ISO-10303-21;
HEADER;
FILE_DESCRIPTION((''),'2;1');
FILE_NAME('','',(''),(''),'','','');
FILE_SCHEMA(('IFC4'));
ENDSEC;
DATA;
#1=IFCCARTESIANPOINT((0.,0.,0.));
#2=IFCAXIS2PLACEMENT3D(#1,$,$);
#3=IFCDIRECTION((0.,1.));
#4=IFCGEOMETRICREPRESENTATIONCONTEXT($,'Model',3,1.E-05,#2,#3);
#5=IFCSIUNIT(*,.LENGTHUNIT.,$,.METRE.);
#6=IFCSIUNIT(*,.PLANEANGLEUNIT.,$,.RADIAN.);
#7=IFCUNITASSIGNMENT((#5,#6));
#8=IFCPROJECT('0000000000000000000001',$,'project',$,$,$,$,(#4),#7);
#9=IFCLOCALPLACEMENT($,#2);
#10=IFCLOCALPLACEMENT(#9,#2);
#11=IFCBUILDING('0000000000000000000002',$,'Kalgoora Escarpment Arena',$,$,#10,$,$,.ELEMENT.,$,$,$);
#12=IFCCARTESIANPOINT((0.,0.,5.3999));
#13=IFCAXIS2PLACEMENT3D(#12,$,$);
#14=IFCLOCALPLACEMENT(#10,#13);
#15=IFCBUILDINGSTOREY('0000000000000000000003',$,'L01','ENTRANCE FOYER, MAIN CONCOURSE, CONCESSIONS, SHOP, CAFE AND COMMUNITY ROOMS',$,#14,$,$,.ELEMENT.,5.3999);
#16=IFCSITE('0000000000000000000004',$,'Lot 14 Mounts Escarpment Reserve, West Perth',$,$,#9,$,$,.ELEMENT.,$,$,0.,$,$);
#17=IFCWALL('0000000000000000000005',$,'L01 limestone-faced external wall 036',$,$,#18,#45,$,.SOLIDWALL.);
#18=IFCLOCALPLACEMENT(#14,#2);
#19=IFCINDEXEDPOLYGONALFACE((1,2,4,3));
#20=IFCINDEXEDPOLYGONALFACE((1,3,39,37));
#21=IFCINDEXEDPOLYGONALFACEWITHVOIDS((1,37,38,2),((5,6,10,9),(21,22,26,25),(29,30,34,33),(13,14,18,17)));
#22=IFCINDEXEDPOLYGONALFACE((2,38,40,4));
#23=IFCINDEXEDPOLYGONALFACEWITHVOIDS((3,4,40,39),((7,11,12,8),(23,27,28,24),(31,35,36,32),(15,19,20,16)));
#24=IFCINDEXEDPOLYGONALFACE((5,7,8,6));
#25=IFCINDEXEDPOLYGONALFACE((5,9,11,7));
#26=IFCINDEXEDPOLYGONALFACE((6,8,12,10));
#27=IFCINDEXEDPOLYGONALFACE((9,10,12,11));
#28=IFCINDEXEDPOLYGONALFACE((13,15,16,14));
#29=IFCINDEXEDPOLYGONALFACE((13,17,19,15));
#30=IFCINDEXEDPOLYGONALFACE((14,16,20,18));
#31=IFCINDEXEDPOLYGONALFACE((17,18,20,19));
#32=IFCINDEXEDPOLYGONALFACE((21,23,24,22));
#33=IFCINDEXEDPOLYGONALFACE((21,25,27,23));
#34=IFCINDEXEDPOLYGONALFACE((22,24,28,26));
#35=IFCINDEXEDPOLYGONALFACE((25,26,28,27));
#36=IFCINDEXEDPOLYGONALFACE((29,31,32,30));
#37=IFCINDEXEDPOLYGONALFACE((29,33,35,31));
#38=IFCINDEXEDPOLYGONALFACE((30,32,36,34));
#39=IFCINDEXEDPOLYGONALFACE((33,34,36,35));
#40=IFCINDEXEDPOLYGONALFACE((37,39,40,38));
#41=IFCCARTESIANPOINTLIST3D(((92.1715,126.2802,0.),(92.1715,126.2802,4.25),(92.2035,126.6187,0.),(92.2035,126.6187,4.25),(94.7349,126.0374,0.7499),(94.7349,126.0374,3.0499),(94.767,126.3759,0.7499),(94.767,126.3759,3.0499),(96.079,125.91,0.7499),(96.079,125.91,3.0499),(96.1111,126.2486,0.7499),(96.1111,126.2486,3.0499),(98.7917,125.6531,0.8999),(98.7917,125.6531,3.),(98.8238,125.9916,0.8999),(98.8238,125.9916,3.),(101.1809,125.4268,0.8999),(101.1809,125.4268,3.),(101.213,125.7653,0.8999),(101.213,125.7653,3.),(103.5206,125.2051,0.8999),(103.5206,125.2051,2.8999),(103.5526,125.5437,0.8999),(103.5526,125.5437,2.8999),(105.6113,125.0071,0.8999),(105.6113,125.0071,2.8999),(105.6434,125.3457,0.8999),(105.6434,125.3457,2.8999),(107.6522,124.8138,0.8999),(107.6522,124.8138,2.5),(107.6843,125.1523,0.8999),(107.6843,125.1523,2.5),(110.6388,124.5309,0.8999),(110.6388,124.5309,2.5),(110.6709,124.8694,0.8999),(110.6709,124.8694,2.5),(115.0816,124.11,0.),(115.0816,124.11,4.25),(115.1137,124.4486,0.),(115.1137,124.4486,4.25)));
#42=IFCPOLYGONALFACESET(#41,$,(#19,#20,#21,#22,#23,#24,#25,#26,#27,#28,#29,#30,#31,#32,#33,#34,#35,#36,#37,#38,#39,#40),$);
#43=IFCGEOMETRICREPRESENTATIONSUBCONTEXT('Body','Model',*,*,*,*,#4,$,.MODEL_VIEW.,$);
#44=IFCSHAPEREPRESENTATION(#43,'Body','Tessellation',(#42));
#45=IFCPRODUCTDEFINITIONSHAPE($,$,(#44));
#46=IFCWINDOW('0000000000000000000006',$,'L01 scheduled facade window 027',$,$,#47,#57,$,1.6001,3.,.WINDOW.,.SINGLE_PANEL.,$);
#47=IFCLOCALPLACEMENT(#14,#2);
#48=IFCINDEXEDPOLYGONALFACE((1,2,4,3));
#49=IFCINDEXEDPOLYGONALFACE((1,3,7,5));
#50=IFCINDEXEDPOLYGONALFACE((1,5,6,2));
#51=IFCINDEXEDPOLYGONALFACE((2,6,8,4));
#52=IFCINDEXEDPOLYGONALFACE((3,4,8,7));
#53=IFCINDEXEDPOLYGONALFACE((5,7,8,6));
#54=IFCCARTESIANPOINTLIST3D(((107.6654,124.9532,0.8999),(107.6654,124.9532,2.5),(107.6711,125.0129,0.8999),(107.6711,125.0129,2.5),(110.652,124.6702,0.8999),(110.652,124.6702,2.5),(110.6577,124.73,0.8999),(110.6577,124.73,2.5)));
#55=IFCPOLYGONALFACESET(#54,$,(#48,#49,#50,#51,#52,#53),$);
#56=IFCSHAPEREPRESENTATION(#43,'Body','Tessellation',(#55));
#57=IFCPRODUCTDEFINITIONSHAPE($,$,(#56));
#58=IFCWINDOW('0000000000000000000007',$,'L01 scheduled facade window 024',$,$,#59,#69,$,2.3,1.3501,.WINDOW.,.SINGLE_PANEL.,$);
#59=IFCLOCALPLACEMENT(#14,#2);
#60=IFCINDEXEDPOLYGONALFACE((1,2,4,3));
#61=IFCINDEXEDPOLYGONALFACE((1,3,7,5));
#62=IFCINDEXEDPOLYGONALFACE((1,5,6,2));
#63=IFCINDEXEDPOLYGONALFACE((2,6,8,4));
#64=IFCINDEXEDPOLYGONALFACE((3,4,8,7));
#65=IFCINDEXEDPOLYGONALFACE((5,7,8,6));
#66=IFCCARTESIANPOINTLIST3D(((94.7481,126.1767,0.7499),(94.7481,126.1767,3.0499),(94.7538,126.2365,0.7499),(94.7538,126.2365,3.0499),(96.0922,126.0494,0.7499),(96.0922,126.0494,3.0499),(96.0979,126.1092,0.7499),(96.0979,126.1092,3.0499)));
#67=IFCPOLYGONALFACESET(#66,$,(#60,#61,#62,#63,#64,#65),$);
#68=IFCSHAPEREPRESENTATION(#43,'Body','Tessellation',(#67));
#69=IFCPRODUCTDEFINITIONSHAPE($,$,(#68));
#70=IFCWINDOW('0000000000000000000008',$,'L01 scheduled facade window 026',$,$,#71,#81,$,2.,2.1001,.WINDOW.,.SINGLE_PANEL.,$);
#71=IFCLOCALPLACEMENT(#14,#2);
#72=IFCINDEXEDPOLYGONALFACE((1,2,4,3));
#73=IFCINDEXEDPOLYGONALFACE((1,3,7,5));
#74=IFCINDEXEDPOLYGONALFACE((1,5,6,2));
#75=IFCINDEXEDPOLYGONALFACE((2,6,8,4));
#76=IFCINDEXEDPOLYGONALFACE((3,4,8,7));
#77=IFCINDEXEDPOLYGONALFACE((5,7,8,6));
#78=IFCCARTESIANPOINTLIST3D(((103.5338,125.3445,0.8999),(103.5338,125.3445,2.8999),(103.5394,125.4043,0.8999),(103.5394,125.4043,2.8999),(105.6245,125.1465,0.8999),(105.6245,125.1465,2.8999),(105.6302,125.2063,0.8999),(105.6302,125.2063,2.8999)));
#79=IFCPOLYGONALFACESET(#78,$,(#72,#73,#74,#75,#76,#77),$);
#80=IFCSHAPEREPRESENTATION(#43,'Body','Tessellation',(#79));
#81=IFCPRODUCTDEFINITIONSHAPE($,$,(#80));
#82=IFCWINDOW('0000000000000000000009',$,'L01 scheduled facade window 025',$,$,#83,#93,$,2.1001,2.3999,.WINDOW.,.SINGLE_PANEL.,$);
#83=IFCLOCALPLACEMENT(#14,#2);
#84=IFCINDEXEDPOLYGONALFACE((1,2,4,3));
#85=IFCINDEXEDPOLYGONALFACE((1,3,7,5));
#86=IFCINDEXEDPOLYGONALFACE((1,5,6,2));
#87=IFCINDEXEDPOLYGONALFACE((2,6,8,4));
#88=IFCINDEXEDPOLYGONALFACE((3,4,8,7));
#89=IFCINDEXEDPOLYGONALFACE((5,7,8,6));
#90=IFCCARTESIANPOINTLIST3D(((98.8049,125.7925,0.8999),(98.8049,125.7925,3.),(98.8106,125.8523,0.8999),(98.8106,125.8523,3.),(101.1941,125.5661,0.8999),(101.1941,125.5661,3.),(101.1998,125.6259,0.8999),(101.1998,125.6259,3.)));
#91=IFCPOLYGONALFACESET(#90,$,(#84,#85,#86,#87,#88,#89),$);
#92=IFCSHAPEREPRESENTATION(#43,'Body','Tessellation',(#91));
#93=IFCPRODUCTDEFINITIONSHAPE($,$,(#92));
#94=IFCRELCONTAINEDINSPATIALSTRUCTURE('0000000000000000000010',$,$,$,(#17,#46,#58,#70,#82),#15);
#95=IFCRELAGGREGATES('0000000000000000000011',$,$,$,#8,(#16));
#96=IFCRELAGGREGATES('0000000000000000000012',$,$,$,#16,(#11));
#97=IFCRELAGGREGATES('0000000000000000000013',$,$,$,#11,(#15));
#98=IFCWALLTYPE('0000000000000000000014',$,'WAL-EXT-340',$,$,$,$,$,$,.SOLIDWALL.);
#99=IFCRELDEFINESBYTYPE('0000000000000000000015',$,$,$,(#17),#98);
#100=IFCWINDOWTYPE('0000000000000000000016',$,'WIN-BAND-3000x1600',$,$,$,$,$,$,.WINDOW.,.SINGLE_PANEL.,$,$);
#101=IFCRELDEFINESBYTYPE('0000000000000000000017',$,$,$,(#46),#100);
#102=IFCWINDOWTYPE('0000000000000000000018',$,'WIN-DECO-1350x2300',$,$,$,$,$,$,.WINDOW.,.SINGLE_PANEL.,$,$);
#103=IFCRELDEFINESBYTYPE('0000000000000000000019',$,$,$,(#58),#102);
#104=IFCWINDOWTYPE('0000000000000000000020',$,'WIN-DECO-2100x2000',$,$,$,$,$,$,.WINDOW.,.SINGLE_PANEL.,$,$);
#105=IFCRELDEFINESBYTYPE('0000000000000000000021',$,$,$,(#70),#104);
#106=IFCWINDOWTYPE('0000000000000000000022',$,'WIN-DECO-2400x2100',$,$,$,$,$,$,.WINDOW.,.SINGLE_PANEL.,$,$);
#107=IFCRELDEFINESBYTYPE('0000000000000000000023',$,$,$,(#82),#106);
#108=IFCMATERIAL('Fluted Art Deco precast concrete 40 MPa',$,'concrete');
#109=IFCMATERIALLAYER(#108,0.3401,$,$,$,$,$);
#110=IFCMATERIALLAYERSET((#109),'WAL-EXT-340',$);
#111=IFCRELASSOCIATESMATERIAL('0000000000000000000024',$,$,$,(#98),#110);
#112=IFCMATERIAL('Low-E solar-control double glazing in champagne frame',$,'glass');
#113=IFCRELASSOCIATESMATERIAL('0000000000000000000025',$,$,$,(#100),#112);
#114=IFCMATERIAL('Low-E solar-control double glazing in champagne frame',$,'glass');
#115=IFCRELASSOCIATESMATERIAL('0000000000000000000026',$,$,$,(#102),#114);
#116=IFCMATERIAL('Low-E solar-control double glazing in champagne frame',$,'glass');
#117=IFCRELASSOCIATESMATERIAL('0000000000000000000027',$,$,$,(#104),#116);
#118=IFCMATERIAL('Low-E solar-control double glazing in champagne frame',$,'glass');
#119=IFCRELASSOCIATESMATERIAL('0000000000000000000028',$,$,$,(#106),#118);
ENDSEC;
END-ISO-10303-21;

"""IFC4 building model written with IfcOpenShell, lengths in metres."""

from ifc_helpers import new_model, si_unit, direction, frame, frame_2d, origin, place, context, subcontext, project, spatial, rectangle, extrude, material, layer, layer_set, type_object, element, fill, save


model = new_model("IFC4")

# Units and contexts
model_context = context("Model", 3, precision=1e-05, world=origin(), true_north=direction((0.0, 1.0)))
body_context = subcontext(model_context, "Body", "Model", "MODEL_VIEW")
ifc_project = project(units=[si_unit("LENGTHUNIT", "METRE"), si_unit("PLANEANGLEUNIT", "RADIAN")], contexts=[model_context])

# Site, building, storey
site_placement = place(None, origin())
site = spatial("IfcSite", under=ifc_project, at=site_placement, Name="Lot 14 Mounts Escarpment Reserve, West Perth", CompositionType="ELEMENT", RefElevation=0.0)
building_placement = place(site_placement, origin())
building = spatial("IfcBuilding", under=site, at=building_placement, Name="Kalgoora Escarpment Arena", CompositionType="ELEMENT")
storey_placement = place(building_placement, frame((0.0, 0.0, 5.3999)))
storey = spatial("IfcBuildingStorey", under=building, at=storey_placement, Name="L01", Description="ENTRANCE FOYER, MAIN CONCOURSE, CONCESSIONS, SHOP, CAFE AND COMMUNITY ROOMS", CompositionType="ELEMENT", Elevation=5.3999)

# Wall, openings, windows
ifc_material_1 = material(Name="Fluted Art Deco precast concrete 40 MPa", Category="concrete")
ifc_layer_1 = layer(ifc_material_1, 0.3401)
ifc_layer_set_1 = layer_set([ifc_layer_1], Name="WAL-EXT-340")
wall_type = type_object("IfcWallType", Name="WAL-EXT-340", PredefinedType="SOLIDWALL", material=ifc_layer_set_1)
wall_placement = place(storey_placement, frame((92.1875, 126.4495, 0.0), z_axis=(0.0, 0.0, 1.0), x_axis=(0.995544, -0.094303, 0.0)))
wall = element("IfcWall", 1, at=wall_placement, inside=storey, type_object=wall_type, Name="L01 limestone-faced external wall 036", PredefinedType="SOLIDWALL", context=body_context, shape_type="SweptSolid", body=[
    extrude(rectangle(XDim=23.0127, YDim=0.3401, at=frame_2d((11.5063, 0.0))), origin(), (0.0, 0.0, 1.0), 4.25),
])
opening_1_placement = place(wall_placement, frame((2.575, 0.0, 0.75)))
opening_1 = element("IfcOpeningElement", 2, at=opening_1_placement, cuts=wall, PredefinedType="OPENING", context=body_context, shape_type="SweptSolid", body=[
    extrude(rectangle(XDim=1.3501, YDim=2.3, at=frame_2d((0.675, 1.1499))), frame((0.0, 0.1799, 0.0), z_axis=(0.0, -1.0, 0.0), x_axis=(1.0, 0.0, 0.0)), (0.0, 0.0, 1.0), 0.3601),
])
opening_2_placement = place(wall_placement, frame((6.6499, 0.0, 0.8999)))
opening_2 = element("IfcOpeningElement", 3, at=opening_2_placement, cuts=wall, PredefinedType="OPENING", context=body_context, shape_type="SweptSolid", body=[
    extrude(rectangle(XDim=2.3999, YDim=2.1001, at=frame_2d((1.2, 1.05))), frame((0.0, 0.1799, 0.0), z_axis=(0.0, -1.0, 0.0), x_axis=(1.0, 0.0, 0.0)), (0.0, 0.0, 1.0), 0.3601),
])
opening_3_placement = place(wall_placement, frame((11.3999, 0.0, 0.8999)))
opening_3 = element("IfcOpeningElement", 4, at=opening_3_placement, cuts=wall, PredefinedType="OPENING", context=body_context, shape_type="SweptSolid", body=[
    extrude(rectangle(XDim=2.1001, YDim=2.0, at=frame_2d((1.05, 1.0))), frame((0.0, 0.1799, 0.0), z_axis=(0.0, -1.0, 0.0), x_axis=(1.0, 0.0, 0.0)), (0.0, 0.0, 1.0), 0.3601),
])
opening_4_placement = place(wall_placement, frame((15.55, 0.0, 0.8999)))
opening_4 = element("IfcOpeningElement", 5, at=opening_4_placement, cuts=wall, PredefinedType="OPENING", context=body_context, shape_type="SweptSolid", body=[
    extrude(rectangle(XDim=3.0, YDim=1.6001, at=frame_2d((1.5, 0.8))), frame((0.0, 0.1799, 0.0), z_axis=(0.0, -1.0, 0.0), x_axis=(1.0, 0.0, 0.0)), (0.0, 0.0, 1.0), 0.3601),
])
ifc_material_2 = material(Name="Low-E solar-control double glazing in champagne frame", Category="glass")
window_type_1 = type_object("IfcWindowType", Name="WIN-BAND-3000x1600", PartitioningType="SINGLE_PANEL", PredefinedType="WINDOW", material=ifc_material_2)
window_1_placement = place(opening_4_placement, origin())
window_1 = element("IfcWindow", 6, at=window_1_placement, inside=storey, type_object=window_type_1, Name="L01 scheduled facade window 027", OverallHeight=1.6001, OverallWidth=3.0, PartitioningType="SINGLE_PANEL", PredefinedType="WINDOW", context=body_context, shape_type="SweptSolid", body=[
    extrude(rectangle(XDim=3.0, YDim=1.6001, at=frame_2d((1.5, 0.8))), frame((0.0, 0.03, 0.0), z_axis=(0.0, -1.0, 0.0), x_axis=(1.0, 0.0, 0.0)), (0.0, 0.0, 1.0), 0.0601),
])
fill(opening_4, window_1)
ifc_material_3 = material(Name="Low-E solar-control double glazing in champagne frame", Category="glass")
window_type_2 = type_object("IfcWindowType", Name="WIN-DECO-1350x2300", PartitioningType="SINGLE_PANEL", PredefinedType="WINDOW", material=ifc_material_3)
window_2_placement = place(opening_1_placement, origin())
window_2 = element("IfcWindow", 7, at=window_2_placement, inside=storey, type_object=window_type_2, Name="L01 scheduled facade window 024", OverallHeight=2.3, OverallWidth=1.3501, PartitioningType="SINGLE_PANEL", PredefinedType="WINDOW", context=body_context, shape_type="SweptSolid", body=[
    extrude(rectangle(XDim=1.3501, YDim=2.3, at=frame_2d((0.675, 1.1499))), frame((0.0, 0.03, 0.0), z_axis=(0.0, -1.0, 0.0), x_axis=(1.0, 0.0, 0.0)), (0.0, 0.0, 1.0), 0.0601),
])
fill(opening_1, window_2)
ifc_material_4 = material(Name="Low-E solar-control double glazing in champagne frame", Category="glass")
window_type_3 = type_object("IfcWindowType", Name="WIN-DECO-2100x2000", PartitioningType="SINGLE_PANEL", PredefinedType="WINDOW", material=ifc_material_4)
window_3_placement = place(opening_3_placement, origin())
window_3 = element("IfcWindow", 8, at=window_3_placement, inside=storey, type_object=window_type_3, Name="L01 scheduled facade window 026", OverallHeight=2.0, OverallWidth=2.1001, PartitioningType="SINGLE_PANEL", PredefinedType="WINDOW", context=body_context, shape_type="SweptSolid", body=[
    extrude(rectangle(XDim=2.1001, YDim=2.0, at=frame_2d((1.05, 1.0))), frame((0.0, 0.03, 0.0), z_axis=(0.0, -1.0, 0.0), x_axis=(1.0, 0.0, 0.0)), (0.0, 0.0, 1.0), 0.0601),
])
fill(opening_3, window_3)
ifc_material_5 = material(Name="Low-E solar-control double glazing in champagne frame", Category="glass")
window_type_4 = type_object("IfcWindowType", Name="WIN-DECO-2400x2100", PartitioningType="SINGLE_PANEL", PredefinedType="WINDOW", material=ifc_material_5)
window_4_placement = place(opening_2_placement, origin())
window_4 = element("IfcWindow", 9, at=window_4_placement, inside=storey, type_object=window_type_4, Name="L01 scheduled facade window 025", OverallHeight=2.1001, OverallWidth=2.3999, PartitioningType="SINGLE_PANEL", PredefinedType="WINDOW", context=body_context, shape_type="SweptSolid", body=[
    extrude(rectangle(XDim=2.3999, YDim=2.1001, at=frame_2d((1.2, 1.05))), frame((0.0, 0.03, 0.0), z_axis=(0.0, -1.0, 0.0), x_axis=(1.0, 0.0, 0.0)), (0.0, 0.0, 1.0), 0.0601),
])
fill(opening_2, window_4)

save(model, "model.ifc")
